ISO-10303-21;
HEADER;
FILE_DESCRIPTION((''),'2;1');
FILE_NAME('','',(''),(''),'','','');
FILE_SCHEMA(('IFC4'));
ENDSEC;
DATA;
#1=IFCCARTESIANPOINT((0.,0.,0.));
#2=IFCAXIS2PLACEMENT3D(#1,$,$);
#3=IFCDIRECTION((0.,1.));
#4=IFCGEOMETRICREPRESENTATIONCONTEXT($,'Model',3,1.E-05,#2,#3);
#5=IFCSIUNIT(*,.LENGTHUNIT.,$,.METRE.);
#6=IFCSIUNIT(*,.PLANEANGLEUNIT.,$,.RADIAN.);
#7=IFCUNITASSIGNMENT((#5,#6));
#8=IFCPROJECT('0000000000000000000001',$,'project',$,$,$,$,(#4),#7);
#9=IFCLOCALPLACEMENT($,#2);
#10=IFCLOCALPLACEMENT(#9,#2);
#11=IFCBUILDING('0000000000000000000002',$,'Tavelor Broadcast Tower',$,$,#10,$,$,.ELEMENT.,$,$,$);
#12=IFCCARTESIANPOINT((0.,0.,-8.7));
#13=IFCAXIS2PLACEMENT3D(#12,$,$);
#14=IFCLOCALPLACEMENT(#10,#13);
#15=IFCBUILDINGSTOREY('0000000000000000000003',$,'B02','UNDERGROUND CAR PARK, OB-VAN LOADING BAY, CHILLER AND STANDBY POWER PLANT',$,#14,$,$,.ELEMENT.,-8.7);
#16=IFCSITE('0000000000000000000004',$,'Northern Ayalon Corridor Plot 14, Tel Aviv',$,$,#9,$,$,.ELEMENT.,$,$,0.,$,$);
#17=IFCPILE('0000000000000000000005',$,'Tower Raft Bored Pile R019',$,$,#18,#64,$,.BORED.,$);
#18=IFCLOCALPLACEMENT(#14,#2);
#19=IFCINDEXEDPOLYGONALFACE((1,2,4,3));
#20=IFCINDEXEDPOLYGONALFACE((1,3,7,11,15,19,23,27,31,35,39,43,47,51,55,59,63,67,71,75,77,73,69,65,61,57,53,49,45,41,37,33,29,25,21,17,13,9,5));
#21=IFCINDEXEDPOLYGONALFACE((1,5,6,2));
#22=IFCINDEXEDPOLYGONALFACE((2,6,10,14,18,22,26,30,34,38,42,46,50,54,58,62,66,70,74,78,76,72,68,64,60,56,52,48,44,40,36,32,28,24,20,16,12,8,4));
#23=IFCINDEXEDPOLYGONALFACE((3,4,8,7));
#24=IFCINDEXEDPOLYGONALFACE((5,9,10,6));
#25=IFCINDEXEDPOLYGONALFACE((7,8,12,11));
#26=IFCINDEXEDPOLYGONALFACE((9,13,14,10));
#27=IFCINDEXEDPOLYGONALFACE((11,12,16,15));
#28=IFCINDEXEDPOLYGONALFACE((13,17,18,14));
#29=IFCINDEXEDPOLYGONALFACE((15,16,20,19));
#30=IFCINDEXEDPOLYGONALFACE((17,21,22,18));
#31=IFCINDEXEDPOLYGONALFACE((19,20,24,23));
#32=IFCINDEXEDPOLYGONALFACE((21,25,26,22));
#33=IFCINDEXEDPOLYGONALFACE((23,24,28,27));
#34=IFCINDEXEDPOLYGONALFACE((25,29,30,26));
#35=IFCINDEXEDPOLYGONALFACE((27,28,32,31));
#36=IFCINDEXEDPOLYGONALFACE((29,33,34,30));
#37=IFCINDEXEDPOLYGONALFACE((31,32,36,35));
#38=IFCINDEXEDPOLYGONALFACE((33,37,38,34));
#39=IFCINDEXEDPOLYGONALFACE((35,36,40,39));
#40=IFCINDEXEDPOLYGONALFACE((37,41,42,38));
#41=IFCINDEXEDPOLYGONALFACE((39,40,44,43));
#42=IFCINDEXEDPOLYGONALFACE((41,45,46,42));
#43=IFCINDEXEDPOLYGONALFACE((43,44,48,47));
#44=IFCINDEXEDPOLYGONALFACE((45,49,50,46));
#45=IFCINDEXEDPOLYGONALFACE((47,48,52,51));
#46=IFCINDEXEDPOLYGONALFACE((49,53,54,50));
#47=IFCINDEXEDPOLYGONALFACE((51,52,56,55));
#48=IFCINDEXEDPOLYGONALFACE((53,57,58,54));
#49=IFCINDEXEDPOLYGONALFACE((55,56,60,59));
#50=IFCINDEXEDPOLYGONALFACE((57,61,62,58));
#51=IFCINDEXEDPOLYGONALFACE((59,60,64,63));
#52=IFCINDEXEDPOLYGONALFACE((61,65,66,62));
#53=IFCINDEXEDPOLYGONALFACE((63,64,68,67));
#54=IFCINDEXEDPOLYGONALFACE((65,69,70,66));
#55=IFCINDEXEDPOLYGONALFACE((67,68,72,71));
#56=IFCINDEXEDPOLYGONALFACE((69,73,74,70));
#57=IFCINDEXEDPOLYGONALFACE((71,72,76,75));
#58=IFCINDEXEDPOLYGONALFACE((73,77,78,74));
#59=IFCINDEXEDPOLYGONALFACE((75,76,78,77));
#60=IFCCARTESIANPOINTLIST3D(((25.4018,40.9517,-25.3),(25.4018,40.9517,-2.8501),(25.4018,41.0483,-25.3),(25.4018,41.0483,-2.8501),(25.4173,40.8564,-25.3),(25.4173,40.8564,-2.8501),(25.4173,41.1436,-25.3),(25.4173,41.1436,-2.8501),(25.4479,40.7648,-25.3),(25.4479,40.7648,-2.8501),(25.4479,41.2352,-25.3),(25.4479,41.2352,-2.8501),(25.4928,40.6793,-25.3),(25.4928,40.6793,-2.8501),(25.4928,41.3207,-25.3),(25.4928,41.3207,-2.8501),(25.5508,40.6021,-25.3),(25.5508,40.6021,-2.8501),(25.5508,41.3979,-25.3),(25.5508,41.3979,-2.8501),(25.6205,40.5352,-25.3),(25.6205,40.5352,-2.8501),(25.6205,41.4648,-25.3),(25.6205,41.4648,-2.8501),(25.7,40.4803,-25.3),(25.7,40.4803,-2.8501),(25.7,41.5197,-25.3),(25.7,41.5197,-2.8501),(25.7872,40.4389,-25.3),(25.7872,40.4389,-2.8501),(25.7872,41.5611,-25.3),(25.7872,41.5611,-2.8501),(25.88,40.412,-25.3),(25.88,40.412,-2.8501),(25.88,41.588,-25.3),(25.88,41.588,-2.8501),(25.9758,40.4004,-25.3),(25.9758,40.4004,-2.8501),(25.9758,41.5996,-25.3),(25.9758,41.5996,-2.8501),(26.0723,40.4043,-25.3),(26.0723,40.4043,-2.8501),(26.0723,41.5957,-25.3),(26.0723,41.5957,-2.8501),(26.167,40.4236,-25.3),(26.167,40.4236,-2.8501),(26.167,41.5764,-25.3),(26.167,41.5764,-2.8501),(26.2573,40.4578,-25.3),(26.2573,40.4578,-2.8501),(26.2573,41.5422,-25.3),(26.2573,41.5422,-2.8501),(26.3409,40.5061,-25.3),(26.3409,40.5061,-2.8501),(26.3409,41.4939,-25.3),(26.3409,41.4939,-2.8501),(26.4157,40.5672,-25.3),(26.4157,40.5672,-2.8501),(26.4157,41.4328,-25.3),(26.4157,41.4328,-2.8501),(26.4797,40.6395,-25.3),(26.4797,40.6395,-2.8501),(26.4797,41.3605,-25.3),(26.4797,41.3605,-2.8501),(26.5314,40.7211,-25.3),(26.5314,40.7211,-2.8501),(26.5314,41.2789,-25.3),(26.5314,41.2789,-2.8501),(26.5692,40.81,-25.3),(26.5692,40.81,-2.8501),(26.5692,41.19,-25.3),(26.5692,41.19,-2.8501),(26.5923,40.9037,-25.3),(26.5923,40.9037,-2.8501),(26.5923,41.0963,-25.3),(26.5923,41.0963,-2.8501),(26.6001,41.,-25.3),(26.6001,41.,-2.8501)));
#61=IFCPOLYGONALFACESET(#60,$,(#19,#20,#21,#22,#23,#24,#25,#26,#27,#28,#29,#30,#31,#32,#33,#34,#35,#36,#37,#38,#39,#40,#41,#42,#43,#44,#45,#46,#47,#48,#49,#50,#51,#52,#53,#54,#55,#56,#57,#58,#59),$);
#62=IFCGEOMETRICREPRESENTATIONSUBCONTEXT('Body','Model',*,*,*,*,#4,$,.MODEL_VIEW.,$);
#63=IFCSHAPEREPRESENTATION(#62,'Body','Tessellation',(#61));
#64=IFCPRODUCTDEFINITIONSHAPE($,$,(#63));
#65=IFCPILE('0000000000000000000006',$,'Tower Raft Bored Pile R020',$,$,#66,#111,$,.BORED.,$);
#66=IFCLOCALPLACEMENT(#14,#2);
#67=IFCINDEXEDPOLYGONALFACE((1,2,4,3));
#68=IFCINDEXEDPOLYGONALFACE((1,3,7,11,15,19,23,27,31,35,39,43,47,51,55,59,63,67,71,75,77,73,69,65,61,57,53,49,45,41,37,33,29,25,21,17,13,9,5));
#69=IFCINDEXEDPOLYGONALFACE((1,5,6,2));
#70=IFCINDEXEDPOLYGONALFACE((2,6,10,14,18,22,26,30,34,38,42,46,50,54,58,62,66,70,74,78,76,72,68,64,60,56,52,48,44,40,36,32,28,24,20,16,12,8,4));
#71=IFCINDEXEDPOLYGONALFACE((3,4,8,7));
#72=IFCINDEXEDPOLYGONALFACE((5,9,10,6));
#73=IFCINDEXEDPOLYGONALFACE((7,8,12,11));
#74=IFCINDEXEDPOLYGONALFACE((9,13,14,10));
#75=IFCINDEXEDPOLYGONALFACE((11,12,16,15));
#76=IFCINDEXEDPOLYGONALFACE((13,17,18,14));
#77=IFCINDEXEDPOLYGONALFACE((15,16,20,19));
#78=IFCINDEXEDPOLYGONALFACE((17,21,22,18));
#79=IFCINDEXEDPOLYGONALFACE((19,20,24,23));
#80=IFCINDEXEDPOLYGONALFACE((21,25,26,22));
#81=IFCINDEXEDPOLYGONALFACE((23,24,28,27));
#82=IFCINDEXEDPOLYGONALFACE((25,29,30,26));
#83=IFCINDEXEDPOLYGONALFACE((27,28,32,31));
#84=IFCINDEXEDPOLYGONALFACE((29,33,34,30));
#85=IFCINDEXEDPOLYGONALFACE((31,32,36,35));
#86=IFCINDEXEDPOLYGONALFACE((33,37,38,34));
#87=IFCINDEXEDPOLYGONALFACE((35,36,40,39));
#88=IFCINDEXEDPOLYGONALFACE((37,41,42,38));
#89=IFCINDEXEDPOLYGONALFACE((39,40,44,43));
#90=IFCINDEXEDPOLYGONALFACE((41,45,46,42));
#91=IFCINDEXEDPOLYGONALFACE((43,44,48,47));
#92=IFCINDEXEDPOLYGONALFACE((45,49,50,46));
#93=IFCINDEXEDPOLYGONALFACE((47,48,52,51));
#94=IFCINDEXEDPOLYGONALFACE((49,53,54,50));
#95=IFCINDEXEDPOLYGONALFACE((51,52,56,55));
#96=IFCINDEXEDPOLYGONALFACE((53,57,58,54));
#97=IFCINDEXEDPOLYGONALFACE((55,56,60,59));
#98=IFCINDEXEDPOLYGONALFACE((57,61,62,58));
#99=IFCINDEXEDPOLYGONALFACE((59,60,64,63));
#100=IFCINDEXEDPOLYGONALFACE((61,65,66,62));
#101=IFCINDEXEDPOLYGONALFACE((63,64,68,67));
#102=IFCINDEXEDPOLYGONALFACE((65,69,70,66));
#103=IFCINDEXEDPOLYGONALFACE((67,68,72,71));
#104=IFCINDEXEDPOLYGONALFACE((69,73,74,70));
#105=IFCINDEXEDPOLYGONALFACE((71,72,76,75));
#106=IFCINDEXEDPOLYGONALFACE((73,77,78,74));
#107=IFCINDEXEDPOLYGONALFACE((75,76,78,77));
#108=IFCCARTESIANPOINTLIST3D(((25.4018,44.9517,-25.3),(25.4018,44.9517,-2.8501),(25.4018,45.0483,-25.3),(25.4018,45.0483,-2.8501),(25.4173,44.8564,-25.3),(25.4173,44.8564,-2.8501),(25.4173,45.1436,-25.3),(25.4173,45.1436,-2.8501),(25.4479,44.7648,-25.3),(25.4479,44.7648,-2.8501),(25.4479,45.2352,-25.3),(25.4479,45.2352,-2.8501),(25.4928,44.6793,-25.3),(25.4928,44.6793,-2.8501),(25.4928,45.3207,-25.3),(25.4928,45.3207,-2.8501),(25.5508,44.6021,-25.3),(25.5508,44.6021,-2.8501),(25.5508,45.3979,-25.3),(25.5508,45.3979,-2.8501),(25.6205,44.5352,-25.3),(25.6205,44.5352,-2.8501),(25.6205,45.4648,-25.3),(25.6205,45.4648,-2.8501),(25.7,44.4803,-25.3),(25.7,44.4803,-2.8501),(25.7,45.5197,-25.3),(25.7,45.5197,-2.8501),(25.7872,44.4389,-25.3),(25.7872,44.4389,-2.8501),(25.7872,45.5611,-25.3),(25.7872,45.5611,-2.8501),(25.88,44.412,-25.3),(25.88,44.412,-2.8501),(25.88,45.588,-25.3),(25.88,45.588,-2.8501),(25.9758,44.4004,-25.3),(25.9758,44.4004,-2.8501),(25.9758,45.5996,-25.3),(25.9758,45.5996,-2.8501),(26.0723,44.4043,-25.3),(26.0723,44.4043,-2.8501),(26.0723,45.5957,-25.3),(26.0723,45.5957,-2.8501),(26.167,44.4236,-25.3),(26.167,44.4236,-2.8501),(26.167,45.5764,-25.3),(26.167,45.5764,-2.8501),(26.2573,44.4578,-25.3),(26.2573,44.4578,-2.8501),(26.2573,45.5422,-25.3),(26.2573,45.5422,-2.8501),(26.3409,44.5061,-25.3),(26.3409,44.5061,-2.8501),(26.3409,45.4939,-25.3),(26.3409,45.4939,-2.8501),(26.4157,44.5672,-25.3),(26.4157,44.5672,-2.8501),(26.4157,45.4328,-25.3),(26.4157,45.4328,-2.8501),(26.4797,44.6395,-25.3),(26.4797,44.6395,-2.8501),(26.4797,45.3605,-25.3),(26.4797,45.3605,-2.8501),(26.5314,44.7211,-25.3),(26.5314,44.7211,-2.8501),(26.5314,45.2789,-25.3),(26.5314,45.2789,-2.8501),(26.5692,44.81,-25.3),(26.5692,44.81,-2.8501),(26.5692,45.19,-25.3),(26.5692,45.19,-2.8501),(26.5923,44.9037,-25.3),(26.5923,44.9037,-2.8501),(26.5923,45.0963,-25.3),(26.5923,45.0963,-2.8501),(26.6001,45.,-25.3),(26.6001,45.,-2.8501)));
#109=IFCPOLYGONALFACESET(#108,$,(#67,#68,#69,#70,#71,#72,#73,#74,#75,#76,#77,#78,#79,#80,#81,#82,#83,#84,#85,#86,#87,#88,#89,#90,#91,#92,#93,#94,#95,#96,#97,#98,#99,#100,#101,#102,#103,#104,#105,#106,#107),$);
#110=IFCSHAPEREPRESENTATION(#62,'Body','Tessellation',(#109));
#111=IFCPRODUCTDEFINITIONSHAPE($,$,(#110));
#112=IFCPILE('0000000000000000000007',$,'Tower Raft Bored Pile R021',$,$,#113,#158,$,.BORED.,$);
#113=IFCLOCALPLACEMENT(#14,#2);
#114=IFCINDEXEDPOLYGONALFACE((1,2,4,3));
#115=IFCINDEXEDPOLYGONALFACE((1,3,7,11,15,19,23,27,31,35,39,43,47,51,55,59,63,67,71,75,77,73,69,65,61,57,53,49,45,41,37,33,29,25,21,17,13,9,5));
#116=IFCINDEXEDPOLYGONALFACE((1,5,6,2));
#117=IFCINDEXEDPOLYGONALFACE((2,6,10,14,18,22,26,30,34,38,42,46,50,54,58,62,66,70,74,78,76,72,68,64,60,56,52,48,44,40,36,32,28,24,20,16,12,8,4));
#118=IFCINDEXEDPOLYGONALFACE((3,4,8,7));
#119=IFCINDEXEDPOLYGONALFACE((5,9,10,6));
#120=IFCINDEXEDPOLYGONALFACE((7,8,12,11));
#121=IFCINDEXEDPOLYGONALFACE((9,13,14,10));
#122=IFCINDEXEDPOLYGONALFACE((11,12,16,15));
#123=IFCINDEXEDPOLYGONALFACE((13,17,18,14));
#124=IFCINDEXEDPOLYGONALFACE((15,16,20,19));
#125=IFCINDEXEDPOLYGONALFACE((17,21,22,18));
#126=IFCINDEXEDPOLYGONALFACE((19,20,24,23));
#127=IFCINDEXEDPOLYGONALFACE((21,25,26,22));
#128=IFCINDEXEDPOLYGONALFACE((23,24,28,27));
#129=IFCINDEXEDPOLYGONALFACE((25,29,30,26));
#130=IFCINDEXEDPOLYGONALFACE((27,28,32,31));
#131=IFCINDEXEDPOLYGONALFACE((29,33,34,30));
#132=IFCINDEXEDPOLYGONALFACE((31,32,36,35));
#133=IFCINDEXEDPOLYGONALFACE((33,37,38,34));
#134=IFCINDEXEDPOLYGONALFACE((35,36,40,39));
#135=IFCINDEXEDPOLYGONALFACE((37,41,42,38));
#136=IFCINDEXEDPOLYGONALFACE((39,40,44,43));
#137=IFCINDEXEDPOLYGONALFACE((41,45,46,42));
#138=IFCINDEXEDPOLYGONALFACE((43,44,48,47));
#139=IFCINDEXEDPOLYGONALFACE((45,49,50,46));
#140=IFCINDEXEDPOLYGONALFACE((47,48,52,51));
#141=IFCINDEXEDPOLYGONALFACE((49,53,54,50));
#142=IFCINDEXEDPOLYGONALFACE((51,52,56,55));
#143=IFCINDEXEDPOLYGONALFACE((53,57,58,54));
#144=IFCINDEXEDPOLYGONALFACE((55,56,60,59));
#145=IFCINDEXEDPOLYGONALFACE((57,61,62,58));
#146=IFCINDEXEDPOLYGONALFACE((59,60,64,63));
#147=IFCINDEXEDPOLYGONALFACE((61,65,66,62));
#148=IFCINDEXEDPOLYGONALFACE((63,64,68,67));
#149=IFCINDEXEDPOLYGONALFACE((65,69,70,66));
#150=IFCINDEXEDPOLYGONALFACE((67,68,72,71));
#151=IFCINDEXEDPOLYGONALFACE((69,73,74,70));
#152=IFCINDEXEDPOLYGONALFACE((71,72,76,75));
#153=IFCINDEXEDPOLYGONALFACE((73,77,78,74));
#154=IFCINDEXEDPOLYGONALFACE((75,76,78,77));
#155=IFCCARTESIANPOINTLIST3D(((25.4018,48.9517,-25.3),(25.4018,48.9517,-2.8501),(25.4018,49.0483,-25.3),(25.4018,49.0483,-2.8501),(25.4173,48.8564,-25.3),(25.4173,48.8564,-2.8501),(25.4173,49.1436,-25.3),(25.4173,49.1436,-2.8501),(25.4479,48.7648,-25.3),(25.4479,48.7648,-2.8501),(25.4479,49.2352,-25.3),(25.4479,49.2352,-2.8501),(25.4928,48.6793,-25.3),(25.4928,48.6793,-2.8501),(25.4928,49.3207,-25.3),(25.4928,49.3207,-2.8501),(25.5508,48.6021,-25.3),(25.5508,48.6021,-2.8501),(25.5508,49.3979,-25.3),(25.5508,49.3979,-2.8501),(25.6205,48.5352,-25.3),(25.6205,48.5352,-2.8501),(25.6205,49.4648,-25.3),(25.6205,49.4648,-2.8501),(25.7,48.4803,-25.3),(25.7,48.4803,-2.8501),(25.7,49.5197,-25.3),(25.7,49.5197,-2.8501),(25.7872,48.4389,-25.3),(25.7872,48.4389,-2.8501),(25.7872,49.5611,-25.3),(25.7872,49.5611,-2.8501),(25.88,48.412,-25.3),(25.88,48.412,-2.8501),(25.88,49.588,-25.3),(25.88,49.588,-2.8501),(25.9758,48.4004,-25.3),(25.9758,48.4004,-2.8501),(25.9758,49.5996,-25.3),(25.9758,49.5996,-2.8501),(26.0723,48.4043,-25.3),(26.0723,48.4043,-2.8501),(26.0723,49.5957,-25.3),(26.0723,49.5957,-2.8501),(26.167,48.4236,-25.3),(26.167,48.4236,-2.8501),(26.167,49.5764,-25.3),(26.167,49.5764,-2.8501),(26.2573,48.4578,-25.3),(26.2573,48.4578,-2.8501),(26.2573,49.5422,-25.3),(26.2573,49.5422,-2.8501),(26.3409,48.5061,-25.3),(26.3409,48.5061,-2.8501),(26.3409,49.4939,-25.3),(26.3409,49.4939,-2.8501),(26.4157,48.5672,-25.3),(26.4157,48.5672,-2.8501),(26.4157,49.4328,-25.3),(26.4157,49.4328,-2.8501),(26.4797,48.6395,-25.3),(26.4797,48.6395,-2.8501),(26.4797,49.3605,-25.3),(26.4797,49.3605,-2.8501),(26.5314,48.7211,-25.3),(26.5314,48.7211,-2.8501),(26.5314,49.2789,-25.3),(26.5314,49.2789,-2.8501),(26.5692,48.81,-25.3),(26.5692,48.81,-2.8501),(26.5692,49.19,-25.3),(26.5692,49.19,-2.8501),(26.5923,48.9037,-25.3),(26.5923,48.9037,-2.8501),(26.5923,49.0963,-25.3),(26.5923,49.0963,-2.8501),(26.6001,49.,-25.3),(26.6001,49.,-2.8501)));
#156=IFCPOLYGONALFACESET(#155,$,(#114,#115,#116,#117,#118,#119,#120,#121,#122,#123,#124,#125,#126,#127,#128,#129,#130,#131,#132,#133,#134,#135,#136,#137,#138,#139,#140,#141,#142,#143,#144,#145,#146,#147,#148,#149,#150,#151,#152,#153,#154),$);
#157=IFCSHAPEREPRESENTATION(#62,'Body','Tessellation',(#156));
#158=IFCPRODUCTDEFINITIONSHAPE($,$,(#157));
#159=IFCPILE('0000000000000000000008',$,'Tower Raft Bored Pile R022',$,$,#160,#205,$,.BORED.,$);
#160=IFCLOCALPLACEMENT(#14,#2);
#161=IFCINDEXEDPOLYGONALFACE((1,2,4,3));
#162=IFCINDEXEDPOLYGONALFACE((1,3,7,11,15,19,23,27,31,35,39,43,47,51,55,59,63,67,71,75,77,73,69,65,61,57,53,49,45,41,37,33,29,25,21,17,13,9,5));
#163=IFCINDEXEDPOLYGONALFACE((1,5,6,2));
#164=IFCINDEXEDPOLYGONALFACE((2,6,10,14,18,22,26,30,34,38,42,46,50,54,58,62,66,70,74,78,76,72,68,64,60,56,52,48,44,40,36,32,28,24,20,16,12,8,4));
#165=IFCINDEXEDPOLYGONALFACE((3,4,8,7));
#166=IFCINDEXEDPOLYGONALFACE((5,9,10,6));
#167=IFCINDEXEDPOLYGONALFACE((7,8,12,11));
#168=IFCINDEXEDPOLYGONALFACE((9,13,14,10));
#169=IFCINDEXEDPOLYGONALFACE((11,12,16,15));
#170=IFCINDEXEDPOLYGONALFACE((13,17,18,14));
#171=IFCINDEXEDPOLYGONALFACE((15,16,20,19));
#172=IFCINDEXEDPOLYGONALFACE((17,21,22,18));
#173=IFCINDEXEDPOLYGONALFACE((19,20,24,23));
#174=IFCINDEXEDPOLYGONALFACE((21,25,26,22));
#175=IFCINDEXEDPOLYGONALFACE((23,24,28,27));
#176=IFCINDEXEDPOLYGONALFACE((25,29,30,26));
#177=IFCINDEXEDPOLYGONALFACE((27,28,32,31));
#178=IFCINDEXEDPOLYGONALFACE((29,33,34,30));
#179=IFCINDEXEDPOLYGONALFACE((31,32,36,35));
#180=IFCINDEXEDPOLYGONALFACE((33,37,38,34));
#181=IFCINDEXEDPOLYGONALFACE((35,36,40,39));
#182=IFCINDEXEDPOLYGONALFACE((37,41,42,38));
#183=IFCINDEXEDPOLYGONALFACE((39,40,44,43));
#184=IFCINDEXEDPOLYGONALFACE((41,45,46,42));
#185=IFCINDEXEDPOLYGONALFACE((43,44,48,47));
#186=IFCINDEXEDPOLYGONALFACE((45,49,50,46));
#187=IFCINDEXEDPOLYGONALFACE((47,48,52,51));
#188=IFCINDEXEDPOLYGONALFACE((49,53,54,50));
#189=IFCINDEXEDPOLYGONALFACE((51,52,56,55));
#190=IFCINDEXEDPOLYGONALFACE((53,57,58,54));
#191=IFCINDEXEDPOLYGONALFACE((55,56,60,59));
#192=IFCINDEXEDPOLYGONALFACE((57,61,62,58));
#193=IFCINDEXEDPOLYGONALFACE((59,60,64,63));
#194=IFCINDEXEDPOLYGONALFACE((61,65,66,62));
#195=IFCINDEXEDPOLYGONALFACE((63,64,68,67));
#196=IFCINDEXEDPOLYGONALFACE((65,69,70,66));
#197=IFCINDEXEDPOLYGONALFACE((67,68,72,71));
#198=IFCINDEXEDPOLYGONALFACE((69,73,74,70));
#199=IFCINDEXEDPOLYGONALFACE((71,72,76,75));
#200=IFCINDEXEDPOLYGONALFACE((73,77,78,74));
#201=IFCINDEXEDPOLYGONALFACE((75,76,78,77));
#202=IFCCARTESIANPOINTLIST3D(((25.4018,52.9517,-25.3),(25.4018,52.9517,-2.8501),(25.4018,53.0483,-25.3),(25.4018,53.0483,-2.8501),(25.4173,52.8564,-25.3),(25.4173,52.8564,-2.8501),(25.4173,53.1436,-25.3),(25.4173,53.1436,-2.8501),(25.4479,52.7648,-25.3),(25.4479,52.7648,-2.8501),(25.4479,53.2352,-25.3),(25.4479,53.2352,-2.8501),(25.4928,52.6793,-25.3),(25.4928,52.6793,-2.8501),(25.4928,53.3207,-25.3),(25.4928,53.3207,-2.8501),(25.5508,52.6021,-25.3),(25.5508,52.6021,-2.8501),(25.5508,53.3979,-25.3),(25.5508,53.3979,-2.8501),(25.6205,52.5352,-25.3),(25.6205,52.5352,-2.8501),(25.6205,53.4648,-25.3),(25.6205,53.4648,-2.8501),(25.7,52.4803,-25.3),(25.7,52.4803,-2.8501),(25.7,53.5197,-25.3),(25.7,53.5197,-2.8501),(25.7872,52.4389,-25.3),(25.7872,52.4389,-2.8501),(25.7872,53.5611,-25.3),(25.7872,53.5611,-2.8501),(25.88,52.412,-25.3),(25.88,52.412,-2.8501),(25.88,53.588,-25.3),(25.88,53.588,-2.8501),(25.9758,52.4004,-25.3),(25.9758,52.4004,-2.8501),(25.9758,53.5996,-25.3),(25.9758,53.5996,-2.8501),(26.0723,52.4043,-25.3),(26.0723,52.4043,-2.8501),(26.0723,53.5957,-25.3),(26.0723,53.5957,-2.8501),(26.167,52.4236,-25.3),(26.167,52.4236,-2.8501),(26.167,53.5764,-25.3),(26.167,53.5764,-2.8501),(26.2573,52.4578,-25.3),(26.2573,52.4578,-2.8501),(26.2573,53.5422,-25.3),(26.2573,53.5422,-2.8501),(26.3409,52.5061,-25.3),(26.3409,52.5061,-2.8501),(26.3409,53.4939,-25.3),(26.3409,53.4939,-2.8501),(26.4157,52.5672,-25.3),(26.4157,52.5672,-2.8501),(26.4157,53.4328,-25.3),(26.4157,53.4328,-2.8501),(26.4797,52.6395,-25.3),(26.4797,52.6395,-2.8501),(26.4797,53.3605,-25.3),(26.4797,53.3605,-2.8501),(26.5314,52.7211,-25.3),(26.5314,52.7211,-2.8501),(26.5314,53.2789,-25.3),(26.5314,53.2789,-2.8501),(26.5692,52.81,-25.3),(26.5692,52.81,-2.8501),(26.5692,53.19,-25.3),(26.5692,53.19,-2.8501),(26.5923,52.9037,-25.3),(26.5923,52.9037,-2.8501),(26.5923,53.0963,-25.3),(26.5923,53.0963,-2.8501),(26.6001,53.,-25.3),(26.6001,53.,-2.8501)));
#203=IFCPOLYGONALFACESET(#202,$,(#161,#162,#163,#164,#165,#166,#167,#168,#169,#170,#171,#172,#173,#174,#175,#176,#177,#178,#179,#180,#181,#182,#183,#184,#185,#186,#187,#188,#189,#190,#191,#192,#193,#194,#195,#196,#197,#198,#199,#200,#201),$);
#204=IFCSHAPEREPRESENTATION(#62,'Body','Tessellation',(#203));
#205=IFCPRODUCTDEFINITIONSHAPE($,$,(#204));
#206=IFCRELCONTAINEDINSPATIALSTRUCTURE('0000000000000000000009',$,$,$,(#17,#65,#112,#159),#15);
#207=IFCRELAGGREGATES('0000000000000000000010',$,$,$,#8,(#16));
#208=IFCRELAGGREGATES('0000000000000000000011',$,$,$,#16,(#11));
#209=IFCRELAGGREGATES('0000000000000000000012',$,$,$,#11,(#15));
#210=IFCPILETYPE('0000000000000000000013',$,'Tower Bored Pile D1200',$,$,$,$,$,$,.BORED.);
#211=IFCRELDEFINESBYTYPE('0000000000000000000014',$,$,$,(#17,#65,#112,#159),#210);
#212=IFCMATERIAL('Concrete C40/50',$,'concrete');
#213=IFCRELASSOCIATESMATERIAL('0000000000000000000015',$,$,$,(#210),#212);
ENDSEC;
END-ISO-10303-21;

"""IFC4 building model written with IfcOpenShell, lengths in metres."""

from ifc_helpers import new_model, si_unit, direction, frame, origin, origin_2d, place, context, subcontext, project, spatial, circle, extrude, material, material_profile, profile_set, type_object, element, save


model = new_model("IFC4")

# Units and contexts
model_context = context("Model", 3, precision=1e-05, world=origin(), true_north=direction((0.0, 1.0)))
body_context = subcontext(model_context, "Body", "Model", "MODEL_VIEW")
ifc_project = project(units=[si_unit("LENGTHUNIT", "METRE"), si_unit("PLANEANGLEUNIT", "RADIAN")], contexts=[model_context])

# Site, building, storey
site_placement = place(None, origin())
site = spatial("IfcSite", under=ifc_project, at=site_placement, Name="Northern Ayalon Corridor Plot 14, Tel Aviv", CompositionType="ELEMENT", RefElevation=0.0)
building_placement = place(site_placement, origin())
building = spatial("IfcBuilding", under=site, at=building_placement, Name="Tavelor Broadcast Tower", CompositionType="ELEMENT")
storey_placement = place(building_placement, frame((0.0, 0.0, -8.7)))
storey = spatial("IfcBuildingStorey", under=building, at=storey_placement, Name="B02", Description="UNDERGROUND CAR PARK, OB-VAN LOADING BAY, CHILLER AND STANDBY POWER PLANT", CompositionType="ELEMENT", Elevation=-8.7)

# Piles
ifc_material_1 = material(Name="Concrete C40/50", Category="concrete")
ifc_material_profile_1 = material_profile(ifc_material_1, circle(Radius=0.6001, at=origin_2d()), Name="PILE D1200")
ifc_profile_set_1 = profile_set([ifc_material_profile_1], Name="Concrete C40/50")
pile_type = type_object("IfcPileType", Name="Tower Bored Pile D1200", PredefinedType="BORED", material=ifc_profile_set_1)
for number, where, z_axis, x_axis, name in (
    (1, (26.0, 41.0, -2.8501), (0.0, 0.0, -1.0), (1.0, 0.0, 0.0), "Tower Raft Bored Pile R019"),
    (2, (26.0, 45.0, -2.8501), (0.0, 0.0, -1.0), (1.0, 0.0, 0.0), "Tower Raft Bored Pile R020"),
    (3, (26.0, 49.0, -2.8501), (0.0, 0.0, -1.0), (1.0, 0.0, 0.0), "Tower Raft Bored Pile R021"),
    (4, (26.0, 53.0, -2.8501), (0.0, 0.0, -1.0), (1.0, 0.0, 0.0), "Tower Raft Bored Pile R022"),
):
    element("IfcPile", number, at=place(storey_placement, frame(where, z_axis=z_axis, x_axis=x_axis)), inside=storey, type_object=pile_type, Name=name, PredefinedType="BORED", context=body_context, shape_type="SweptSolid", body=[
        extrude(circle(Radius=0.6001, at=origin_2d()), origin(), (0.0, 0.0, 1.0), 22.45),
    ])

save(model, "model.ifc")
